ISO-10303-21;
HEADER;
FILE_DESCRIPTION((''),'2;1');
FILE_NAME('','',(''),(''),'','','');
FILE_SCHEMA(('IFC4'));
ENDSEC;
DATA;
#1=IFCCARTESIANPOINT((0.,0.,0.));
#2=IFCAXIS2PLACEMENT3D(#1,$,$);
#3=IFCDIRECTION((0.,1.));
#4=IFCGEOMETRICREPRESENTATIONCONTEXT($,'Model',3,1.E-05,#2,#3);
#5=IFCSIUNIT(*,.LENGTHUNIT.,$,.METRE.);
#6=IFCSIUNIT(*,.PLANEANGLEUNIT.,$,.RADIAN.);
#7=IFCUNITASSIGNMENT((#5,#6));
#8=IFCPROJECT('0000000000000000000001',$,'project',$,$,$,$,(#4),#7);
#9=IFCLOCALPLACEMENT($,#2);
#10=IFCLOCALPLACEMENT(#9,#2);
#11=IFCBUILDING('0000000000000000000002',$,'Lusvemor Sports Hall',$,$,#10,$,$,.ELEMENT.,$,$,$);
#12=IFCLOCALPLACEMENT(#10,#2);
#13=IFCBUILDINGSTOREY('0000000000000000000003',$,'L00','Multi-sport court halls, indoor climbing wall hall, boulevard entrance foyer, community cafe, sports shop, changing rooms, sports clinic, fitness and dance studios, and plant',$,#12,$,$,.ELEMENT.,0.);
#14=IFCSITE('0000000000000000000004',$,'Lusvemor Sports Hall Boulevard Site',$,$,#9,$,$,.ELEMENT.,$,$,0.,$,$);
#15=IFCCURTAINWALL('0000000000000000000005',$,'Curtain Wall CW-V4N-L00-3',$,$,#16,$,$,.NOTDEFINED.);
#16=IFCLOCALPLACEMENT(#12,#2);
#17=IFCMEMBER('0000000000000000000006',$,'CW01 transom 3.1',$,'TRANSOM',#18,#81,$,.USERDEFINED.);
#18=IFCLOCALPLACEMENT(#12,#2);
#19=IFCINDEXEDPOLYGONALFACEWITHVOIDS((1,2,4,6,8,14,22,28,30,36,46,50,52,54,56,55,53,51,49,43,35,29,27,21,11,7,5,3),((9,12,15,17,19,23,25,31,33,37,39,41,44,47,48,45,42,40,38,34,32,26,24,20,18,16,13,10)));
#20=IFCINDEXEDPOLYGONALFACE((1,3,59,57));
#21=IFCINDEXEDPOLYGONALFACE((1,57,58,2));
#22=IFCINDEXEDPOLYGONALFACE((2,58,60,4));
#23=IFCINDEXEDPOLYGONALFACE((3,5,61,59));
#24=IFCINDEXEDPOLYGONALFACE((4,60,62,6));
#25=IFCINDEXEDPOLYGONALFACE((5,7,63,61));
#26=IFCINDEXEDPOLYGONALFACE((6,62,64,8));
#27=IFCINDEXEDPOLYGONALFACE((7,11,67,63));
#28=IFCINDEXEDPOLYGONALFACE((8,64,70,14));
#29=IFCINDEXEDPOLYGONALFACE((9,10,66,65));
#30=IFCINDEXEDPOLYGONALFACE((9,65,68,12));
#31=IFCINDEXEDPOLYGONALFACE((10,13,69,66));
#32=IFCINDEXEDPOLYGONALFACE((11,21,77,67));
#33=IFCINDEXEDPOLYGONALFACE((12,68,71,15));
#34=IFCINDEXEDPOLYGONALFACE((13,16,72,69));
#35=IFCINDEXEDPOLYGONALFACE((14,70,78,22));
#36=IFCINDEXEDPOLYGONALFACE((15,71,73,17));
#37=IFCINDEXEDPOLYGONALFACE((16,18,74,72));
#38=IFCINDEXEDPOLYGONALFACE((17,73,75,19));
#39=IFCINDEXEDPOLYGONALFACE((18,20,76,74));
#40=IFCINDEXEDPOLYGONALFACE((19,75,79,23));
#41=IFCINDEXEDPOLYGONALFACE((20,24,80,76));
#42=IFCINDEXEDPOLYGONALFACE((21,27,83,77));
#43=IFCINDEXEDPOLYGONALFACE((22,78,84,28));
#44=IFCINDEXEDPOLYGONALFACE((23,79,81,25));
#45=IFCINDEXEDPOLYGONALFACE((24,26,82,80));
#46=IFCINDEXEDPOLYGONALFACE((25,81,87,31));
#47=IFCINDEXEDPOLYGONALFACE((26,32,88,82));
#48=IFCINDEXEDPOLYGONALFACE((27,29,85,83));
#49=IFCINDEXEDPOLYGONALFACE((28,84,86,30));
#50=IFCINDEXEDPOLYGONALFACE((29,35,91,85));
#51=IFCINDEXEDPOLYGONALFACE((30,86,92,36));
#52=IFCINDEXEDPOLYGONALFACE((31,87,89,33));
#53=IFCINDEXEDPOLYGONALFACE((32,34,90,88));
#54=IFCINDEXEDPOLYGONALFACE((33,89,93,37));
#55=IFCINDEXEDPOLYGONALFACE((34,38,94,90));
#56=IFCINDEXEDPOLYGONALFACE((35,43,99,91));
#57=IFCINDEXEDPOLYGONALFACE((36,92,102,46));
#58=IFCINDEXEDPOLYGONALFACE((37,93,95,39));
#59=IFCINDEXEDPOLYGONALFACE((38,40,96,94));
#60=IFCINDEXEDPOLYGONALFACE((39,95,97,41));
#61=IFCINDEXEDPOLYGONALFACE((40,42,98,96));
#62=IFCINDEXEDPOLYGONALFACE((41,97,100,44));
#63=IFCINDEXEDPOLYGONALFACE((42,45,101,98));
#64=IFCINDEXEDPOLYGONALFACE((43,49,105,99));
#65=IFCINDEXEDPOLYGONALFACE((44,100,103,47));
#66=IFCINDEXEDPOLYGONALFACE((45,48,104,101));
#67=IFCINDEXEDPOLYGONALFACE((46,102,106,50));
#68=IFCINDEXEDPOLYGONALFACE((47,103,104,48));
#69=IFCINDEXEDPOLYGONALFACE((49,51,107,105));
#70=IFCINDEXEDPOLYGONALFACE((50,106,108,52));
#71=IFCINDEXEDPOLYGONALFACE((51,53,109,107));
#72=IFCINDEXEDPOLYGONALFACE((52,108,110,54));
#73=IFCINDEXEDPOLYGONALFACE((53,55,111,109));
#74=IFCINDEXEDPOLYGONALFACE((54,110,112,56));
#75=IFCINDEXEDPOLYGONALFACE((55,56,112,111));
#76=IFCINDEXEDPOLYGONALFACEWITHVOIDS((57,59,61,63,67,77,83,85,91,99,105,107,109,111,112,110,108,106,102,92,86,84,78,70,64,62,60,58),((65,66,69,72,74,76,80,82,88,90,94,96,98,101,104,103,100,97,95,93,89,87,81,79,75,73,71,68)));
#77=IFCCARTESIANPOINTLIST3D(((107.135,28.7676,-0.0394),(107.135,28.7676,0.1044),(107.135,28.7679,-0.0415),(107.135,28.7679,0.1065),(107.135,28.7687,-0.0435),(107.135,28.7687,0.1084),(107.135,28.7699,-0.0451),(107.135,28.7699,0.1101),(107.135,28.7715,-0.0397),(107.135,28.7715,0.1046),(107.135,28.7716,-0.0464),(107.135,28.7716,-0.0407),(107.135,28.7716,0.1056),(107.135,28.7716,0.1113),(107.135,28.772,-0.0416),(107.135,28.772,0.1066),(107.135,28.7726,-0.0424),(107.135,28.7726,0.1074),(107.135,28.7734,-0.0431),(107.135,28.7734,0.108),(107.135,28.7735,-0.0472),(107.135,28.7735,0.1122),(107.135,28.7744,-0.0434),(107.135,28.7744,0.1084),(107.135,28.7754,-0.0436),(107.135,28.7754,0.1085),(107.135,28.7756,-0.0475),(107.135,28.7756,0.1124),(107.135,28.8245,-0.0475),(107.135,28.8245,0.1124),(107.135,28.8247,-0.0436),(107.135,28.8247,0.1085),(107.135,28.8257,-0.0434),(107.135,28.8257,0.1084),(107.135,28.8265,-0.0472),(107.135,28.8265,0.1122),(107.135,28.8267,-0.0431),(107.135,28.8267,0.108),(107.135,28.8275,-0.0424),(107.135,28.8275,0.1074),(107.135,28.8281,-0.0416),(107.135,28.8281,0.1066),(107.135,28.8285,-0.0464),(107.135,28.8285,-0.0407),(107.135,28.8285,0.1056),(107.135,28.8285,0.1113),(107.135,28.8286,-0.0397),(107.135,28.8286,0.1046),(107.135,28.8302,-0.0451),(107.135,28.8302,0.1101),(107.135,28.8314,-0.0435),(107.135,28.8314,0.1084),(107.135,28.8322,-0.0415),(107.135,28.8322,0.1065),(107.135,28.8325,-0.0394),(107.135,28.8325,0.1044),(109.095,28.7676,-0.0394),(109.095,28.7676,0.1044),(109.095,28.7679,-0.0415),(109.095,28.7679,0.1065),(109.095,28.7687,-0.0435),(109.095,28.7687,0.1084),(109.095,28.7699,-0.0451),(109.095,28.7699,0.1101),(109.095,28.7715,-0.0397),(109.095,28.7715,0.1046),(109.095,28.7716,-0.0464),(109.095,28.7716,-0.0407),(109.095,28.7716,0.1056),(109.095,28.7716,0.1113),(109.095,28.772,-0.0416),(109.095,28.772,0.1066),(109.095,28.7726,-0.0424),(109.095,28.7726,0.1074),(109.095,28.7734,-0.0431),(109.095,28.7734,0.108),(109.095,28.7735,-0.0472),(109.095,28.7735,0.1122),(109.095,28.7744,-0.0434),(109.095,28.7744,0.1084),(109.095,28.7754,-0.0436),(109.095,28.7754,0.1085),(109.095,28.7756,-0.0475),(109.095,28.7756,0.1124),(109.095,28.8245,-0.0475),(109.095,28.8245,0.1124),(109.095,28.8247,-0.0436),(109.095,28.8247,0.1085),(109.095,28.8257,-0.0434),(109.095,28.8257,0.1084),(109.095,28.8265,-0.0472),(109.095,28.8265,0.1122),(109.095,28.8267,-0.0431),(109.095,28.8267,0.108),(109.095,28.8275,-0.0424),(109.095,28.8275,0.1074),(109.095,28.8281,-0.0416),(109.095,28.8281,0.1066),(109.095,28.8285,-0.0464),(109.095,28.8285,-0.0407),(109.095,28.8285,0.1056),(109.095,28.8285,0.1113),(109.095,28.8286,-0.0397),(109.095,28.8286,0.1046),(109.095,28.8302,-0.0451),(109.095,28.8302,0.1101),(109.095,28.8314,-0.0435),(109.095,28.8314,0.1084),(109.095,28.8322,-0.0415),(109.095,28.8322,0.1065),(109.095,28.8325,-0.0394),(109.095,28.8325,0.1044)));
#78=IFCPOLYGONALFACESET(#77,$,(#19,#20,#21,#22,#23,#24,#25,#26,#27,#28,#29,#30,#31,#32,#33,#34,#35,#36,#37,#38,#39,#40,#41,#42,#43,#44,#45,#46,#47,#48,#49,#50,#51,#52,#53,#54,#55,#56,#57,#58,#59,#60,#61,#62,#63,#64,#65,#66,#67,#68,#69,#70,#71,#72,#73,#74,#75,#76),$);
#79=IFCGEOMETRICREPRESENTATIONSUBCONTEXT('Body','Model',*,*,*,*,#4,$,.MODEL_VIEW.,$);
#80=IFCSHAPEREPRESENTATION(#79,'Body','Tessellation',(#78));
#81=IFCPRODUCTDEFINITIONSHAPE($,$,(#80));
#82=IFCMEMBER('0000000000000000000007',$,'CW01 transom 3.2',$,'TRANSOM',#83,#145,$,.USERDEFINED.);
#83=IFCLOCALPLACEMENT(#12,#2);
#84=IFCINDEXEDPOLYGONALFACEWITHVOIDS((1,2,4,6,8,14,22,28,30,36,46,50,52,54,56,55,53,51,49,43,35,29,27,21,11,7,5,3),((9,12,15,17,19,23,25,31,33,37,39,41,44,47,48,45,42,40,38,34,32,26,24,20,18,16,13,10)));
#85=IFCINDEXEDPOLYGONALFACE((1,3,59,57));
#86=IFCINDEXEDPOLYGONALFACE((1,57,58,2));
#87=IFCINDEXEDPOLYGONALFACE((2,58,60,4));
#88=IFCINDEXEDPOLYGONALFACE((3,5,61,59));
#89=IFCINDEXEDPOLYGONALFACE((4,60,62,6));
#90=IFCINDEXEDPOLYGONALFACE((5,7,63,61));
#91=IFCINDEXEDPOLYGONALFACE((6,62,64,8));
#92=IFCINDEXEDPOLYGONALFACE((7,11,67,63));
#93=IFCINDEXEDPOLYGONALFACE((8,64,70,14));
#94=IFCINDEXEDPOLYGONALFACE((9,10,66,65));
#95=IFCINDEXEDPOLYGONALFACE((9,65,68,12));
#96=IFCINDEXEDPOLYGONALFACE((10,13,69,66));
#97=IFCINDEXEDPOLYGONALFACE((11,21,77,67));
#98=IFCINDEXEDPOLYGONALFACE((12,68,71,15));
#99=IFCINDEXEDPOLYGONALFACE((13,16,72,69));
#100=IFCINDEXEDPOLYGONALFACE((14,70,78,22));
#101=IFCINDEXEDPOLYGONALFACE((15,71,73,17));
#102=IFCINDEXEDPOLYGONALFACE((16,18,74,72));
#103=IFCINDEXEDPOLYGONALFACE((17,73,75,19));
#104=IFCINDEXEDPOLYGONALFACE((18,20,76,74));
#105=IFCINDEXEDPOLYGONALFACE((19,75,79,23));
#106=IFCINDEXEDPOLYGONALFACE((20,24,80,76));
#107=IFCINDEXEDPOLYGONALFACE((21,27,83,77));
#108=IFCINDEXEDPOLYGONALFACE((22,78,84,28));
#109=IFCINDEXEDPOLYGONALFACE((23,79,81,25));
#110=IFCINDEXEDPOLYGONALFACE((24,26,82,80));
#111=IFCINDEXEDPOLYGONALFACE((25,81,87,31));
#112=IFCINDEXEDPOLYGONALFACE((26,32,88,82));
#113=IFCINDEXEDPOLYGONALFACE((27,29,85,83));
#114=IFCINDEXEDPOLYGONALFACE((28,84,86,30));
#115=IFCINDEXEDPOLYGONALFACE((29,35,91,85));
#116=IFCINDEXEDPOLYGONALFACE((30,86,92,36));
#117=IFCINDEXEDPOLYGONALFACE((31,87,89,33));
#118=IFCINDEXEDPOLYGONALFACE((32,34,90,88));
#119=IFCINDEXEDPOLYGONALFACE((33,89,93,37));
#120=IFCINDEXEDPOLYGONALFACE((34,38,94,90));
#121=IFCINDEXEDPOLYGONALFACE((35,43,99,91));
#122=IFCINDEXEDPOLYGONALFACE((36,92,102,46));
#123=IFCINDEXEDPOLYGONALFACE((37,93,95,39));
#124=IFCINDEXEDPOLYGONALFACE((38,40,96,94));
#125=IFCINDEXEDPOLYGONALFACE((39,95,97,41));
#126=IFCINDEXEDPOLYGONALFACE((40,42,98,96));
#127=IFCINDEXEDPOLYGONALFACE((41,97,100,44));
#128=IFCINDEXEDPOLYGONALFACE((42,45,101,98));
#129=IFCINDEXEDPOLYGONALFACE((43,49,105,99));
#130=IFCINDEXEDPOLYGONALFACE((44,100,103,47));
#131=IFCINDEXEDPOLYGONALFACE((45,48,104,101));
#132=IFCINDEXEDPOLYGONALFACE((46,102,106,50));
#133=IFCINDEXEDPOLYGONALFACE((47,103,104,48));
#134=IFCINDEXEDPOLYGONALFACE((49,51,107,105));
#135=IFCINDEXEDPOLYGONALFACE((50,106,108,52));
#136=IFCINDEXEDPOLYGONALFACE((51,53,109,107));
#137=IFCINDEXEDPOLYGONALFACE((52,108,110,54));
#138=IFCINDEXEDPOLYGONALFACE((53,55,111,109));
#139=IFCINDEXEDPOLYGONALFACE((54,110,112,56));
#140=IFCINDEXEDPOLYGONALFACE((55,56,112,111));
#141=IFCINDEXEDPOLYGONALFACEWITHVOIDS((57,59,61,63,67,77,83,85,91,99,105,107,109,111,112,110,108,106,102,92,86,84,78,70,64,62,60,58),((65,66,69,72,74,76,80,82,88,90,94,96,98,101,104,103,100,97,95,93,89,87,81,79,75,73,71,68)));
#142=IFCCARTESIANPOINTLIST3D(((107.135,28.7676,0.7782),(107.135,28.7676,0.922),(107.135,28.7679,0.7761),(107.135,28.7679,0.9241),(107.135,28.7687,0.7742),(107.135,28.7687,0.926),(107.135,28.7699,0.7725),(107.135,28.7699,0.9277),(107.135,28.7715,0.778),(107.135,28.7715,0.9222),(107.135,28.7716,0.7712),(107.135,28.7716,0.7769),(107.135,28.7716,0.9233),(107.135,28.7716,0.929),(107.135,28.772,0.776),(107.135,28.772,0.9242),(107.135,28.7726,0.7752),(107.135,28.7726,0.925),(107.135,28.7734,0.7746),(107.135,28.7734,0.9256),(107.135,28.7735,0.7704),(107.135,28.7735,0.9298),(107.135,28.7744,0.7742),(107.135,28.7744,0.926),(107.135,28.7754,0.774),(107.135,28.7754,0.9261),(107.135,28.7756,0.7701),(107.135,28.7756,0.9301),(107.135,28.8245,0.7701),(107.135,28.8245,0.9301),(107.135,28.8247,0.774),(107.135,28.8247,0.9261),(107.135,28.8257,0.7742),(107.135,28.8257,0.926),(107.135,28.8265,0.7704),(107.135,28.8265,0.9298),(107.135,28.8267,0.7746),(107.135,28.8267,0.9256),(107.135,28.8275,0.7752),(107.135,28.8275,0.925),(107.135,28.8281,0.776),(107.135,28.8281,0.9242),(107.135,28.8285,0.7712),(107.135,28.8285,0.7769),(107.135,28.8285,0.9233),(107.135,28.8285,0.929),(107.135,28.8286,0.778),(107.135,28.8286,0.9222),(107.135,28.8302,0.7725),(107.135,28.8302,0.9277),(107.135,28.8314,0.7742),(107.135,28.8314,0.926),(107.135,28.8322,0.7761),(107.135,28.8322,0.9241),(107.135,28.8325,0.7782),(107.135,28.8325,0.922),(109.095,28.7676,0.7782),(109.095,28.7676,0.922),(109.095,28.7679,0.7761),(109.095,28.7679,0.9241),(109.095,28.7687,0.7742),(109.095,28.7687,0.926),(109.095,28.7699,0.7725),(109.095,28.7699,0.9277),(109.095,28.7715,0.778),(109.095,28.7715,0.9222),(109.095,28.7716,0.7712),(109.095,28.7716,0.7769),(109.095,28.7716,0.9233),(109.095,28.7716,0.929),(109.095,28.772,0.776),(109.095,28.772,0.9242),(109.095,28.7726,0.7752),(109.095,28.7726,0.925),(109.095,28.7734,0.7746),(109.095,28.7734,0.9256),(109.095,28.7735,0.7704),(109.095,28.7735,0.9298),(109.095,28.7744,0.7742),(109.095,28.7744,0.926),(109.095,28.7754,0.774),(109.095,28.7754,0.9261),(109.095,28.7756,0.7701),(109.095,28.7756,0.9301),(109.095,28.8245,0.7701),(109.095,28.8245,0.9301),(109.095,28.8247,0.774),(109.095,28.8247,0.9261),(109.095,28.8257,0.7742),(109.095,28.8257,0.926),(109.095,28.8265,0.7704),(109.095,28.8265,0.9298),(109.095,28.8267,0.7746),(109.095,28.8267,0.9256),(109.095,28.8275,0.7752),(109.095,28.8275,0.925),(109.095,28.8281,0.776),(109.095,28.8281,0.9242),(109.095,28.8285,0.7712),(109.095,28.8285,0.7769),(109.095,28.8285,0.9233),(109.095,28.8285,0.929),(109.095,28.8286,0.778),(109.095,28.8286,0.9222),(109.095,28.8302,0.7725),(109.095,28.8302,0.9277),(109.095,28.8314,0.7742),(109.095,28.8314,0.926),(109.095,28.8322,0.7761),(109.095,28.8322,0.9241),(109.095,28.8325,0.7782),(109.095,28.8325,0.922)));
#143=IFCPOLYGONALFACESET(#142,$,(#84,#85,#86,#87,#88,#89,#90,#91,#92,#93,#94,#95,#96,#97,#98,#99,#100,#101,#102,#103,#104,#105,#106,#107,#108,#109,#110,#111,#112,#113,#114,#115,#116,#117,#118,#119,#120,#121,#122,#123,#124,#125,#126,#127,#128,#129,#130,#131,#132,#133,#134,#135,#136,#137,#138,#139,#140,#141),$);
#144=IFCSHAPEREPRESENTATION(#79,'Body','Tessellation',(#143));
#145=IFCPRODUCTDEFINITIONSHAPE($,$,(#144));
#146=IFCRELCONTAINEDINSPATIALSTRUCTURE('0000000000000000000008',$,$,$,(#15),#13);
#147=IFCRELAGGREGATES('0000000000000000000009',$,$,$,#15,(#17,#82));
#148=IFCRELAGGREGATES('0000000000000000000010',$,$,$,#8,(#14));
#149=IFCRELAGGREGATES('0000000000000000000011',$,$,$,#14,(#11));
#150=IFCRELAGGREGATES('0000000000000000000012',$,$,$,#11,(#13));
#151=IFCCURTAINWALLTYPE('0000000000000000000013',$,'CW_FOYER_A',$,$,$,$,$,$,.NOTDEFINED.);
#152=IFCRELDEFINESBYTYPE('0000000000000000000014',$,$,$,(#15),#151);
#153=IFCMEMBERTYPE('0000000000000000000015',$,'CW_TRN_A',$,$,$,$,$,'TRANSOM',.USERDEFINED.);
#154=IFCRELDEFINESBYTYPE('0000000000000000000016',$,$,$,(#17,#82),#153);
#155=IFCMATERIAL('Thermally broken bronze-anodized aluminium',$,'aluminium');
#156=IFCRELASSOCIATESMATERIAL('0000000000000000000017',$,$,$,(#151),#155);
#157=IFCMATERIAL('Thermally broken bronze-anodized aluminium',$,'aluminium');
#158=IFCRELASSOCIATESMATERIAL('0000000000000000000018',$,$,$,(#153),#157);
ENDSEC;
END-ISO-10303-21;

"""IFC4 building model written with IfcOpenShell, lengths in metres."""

from ifc_helpers import new_model, si_unit, direction, frame, origin, origin_2d, place, context, subcontext, project, spatial, hollow_rectangle, extrude, material, material_profile, profile_set, type_object, element, aggregate, save


model = new_model("IFC4")

# Units and contexts
model_context = context("Model", 3, precision=1e-05, world=origin(), true_north=direction((0.0, 1.0)))
body_context = subcontext(model_context, "Body", "Model", "MODEL_VIEW")
ifc_project = project(units=[si_unit("LENGTHUNIT", "METRE"), si_unit("PLANEANGLEUNIT", "RADIAN")], contexts=[model_context])

# Site, building, storey
site_placement = place(None, origin())
site = spatial("IfcSite", under=ifc_project, at=site_placement, Name="Lusvemor Sports Hall Boulevard Site", CompositionType="ELEMENT", RefElevation=0.0)
building_placement = place(site_placement, origin())
building = spatial("IfcBuilding", under=site, at=building_placement, Name="Lusvemor Sports Hall", CompositionType="ELEMENT")
storey_placement = place(building_placement, origin())
storey = spatial("IfcBuildingStorey", under=building, at=storey_placement, Name="L00", Description="Multi-sport court halls, indoor climbing wall hall, boulevard entrance foyer, community cafe, sports shop, changing rooms, sports clinic, fitness and dance studios, and plant", CompositionType="ELEMENT", Elevation=0.0)

# Curtain wall, members
ifc_material_1 = material(Name="Thermally broken bronze-anodized aluminium", Category="aluminium")
curtain_wall_type = type_object("IfcCurtainWallType", Name="CW_FOYER_A", PredefinedType="NOTDEFINED", material=ifc_material_1)
curtain_wall_placement = place(storey_placement, origin())
curtain_wall = element("IfcCurtainWall", 1, at=curtain_wall_placement, inside=storey, type_object=curtain_wall_type, Name="Curtain Wall CW-V4N-L00-3", PredefinedType="NOTDEFINED")
ifc_material_2 = material(Name="Thermally broken bronze-anodized aluminium", Category="aluminium")
ifc_material_profile_1 = material_profile(ifc_material_2, hollow_rectangle(XDim=0.0649, YDim=0.1599, WallThickness=0.0039, InnerFilletRadius=0.0039, OuterFilletRadius=0.0081, at=origin_2d()), Name="CWTRN160x65x4")
ifc_profile_set_1 = profile_set([ifc_material_profile_1], Name="Thermally broken bronze-anodized aluminium")
member_type_1 = type_object("IfcMemberType", Name="CW_TRN_A", ElementType="TRANSOM", PredefinedType="USERDEFINED", material=ifc_profile_set_1)
member_1_placement = place(storey_placement, frame((107.135, 28.8, 0.0325), z_axis=(1.0, 0.0, 0.0), x_axis=(0.0, 1.0, 0.0)))
member_1 = element("IfcMember", 2, at=member_1_placement, type_object=member_type_1, Name="CW01 transom 3.1", ObjectType="TRANSOM", PredefinedType="USERDEFINED", context=body_context, shape_type="SweptSolid", body=[
    extrude(hollow_rectangle(XDim=0.0649, YDim=0.1599, WallThickness=0.0039, InnerFilletRadius=0.0039, OuterFilletRadius=0.0081, at=origin_2d()), origin(), (0.0, 0.0, 1.0), 1.96),
])
member_2_placement = place(storey_placement, frame((107.135, 28.8, 0.8501), z_axis=(1.0, 0.0, 0.0), x_axis=(0.0, 1.0, 0.0)))
member_2 = element("IfcMember", 3, at=member_2_placement, type_object=member_type_1, Name="CW01 transom 3.2", ObjectType="TRANSOM", PredefinedType="USERDEFINED", context=body_context, shape_type="SweptSolid", body=[
    extrude(hollow_rectangle(XDim=0.0649, YDim=0.1599, WallThickness=0.0039, InnerFilletRadius=0.0039, OuterFilletRadius=0.0081, at=origin_2d()), origin(), (0.0, 0.0, 1.0), 1.96),
])
aggregate(curtain_wall, [member_1, member_2])

save(model, "model.ifc")
